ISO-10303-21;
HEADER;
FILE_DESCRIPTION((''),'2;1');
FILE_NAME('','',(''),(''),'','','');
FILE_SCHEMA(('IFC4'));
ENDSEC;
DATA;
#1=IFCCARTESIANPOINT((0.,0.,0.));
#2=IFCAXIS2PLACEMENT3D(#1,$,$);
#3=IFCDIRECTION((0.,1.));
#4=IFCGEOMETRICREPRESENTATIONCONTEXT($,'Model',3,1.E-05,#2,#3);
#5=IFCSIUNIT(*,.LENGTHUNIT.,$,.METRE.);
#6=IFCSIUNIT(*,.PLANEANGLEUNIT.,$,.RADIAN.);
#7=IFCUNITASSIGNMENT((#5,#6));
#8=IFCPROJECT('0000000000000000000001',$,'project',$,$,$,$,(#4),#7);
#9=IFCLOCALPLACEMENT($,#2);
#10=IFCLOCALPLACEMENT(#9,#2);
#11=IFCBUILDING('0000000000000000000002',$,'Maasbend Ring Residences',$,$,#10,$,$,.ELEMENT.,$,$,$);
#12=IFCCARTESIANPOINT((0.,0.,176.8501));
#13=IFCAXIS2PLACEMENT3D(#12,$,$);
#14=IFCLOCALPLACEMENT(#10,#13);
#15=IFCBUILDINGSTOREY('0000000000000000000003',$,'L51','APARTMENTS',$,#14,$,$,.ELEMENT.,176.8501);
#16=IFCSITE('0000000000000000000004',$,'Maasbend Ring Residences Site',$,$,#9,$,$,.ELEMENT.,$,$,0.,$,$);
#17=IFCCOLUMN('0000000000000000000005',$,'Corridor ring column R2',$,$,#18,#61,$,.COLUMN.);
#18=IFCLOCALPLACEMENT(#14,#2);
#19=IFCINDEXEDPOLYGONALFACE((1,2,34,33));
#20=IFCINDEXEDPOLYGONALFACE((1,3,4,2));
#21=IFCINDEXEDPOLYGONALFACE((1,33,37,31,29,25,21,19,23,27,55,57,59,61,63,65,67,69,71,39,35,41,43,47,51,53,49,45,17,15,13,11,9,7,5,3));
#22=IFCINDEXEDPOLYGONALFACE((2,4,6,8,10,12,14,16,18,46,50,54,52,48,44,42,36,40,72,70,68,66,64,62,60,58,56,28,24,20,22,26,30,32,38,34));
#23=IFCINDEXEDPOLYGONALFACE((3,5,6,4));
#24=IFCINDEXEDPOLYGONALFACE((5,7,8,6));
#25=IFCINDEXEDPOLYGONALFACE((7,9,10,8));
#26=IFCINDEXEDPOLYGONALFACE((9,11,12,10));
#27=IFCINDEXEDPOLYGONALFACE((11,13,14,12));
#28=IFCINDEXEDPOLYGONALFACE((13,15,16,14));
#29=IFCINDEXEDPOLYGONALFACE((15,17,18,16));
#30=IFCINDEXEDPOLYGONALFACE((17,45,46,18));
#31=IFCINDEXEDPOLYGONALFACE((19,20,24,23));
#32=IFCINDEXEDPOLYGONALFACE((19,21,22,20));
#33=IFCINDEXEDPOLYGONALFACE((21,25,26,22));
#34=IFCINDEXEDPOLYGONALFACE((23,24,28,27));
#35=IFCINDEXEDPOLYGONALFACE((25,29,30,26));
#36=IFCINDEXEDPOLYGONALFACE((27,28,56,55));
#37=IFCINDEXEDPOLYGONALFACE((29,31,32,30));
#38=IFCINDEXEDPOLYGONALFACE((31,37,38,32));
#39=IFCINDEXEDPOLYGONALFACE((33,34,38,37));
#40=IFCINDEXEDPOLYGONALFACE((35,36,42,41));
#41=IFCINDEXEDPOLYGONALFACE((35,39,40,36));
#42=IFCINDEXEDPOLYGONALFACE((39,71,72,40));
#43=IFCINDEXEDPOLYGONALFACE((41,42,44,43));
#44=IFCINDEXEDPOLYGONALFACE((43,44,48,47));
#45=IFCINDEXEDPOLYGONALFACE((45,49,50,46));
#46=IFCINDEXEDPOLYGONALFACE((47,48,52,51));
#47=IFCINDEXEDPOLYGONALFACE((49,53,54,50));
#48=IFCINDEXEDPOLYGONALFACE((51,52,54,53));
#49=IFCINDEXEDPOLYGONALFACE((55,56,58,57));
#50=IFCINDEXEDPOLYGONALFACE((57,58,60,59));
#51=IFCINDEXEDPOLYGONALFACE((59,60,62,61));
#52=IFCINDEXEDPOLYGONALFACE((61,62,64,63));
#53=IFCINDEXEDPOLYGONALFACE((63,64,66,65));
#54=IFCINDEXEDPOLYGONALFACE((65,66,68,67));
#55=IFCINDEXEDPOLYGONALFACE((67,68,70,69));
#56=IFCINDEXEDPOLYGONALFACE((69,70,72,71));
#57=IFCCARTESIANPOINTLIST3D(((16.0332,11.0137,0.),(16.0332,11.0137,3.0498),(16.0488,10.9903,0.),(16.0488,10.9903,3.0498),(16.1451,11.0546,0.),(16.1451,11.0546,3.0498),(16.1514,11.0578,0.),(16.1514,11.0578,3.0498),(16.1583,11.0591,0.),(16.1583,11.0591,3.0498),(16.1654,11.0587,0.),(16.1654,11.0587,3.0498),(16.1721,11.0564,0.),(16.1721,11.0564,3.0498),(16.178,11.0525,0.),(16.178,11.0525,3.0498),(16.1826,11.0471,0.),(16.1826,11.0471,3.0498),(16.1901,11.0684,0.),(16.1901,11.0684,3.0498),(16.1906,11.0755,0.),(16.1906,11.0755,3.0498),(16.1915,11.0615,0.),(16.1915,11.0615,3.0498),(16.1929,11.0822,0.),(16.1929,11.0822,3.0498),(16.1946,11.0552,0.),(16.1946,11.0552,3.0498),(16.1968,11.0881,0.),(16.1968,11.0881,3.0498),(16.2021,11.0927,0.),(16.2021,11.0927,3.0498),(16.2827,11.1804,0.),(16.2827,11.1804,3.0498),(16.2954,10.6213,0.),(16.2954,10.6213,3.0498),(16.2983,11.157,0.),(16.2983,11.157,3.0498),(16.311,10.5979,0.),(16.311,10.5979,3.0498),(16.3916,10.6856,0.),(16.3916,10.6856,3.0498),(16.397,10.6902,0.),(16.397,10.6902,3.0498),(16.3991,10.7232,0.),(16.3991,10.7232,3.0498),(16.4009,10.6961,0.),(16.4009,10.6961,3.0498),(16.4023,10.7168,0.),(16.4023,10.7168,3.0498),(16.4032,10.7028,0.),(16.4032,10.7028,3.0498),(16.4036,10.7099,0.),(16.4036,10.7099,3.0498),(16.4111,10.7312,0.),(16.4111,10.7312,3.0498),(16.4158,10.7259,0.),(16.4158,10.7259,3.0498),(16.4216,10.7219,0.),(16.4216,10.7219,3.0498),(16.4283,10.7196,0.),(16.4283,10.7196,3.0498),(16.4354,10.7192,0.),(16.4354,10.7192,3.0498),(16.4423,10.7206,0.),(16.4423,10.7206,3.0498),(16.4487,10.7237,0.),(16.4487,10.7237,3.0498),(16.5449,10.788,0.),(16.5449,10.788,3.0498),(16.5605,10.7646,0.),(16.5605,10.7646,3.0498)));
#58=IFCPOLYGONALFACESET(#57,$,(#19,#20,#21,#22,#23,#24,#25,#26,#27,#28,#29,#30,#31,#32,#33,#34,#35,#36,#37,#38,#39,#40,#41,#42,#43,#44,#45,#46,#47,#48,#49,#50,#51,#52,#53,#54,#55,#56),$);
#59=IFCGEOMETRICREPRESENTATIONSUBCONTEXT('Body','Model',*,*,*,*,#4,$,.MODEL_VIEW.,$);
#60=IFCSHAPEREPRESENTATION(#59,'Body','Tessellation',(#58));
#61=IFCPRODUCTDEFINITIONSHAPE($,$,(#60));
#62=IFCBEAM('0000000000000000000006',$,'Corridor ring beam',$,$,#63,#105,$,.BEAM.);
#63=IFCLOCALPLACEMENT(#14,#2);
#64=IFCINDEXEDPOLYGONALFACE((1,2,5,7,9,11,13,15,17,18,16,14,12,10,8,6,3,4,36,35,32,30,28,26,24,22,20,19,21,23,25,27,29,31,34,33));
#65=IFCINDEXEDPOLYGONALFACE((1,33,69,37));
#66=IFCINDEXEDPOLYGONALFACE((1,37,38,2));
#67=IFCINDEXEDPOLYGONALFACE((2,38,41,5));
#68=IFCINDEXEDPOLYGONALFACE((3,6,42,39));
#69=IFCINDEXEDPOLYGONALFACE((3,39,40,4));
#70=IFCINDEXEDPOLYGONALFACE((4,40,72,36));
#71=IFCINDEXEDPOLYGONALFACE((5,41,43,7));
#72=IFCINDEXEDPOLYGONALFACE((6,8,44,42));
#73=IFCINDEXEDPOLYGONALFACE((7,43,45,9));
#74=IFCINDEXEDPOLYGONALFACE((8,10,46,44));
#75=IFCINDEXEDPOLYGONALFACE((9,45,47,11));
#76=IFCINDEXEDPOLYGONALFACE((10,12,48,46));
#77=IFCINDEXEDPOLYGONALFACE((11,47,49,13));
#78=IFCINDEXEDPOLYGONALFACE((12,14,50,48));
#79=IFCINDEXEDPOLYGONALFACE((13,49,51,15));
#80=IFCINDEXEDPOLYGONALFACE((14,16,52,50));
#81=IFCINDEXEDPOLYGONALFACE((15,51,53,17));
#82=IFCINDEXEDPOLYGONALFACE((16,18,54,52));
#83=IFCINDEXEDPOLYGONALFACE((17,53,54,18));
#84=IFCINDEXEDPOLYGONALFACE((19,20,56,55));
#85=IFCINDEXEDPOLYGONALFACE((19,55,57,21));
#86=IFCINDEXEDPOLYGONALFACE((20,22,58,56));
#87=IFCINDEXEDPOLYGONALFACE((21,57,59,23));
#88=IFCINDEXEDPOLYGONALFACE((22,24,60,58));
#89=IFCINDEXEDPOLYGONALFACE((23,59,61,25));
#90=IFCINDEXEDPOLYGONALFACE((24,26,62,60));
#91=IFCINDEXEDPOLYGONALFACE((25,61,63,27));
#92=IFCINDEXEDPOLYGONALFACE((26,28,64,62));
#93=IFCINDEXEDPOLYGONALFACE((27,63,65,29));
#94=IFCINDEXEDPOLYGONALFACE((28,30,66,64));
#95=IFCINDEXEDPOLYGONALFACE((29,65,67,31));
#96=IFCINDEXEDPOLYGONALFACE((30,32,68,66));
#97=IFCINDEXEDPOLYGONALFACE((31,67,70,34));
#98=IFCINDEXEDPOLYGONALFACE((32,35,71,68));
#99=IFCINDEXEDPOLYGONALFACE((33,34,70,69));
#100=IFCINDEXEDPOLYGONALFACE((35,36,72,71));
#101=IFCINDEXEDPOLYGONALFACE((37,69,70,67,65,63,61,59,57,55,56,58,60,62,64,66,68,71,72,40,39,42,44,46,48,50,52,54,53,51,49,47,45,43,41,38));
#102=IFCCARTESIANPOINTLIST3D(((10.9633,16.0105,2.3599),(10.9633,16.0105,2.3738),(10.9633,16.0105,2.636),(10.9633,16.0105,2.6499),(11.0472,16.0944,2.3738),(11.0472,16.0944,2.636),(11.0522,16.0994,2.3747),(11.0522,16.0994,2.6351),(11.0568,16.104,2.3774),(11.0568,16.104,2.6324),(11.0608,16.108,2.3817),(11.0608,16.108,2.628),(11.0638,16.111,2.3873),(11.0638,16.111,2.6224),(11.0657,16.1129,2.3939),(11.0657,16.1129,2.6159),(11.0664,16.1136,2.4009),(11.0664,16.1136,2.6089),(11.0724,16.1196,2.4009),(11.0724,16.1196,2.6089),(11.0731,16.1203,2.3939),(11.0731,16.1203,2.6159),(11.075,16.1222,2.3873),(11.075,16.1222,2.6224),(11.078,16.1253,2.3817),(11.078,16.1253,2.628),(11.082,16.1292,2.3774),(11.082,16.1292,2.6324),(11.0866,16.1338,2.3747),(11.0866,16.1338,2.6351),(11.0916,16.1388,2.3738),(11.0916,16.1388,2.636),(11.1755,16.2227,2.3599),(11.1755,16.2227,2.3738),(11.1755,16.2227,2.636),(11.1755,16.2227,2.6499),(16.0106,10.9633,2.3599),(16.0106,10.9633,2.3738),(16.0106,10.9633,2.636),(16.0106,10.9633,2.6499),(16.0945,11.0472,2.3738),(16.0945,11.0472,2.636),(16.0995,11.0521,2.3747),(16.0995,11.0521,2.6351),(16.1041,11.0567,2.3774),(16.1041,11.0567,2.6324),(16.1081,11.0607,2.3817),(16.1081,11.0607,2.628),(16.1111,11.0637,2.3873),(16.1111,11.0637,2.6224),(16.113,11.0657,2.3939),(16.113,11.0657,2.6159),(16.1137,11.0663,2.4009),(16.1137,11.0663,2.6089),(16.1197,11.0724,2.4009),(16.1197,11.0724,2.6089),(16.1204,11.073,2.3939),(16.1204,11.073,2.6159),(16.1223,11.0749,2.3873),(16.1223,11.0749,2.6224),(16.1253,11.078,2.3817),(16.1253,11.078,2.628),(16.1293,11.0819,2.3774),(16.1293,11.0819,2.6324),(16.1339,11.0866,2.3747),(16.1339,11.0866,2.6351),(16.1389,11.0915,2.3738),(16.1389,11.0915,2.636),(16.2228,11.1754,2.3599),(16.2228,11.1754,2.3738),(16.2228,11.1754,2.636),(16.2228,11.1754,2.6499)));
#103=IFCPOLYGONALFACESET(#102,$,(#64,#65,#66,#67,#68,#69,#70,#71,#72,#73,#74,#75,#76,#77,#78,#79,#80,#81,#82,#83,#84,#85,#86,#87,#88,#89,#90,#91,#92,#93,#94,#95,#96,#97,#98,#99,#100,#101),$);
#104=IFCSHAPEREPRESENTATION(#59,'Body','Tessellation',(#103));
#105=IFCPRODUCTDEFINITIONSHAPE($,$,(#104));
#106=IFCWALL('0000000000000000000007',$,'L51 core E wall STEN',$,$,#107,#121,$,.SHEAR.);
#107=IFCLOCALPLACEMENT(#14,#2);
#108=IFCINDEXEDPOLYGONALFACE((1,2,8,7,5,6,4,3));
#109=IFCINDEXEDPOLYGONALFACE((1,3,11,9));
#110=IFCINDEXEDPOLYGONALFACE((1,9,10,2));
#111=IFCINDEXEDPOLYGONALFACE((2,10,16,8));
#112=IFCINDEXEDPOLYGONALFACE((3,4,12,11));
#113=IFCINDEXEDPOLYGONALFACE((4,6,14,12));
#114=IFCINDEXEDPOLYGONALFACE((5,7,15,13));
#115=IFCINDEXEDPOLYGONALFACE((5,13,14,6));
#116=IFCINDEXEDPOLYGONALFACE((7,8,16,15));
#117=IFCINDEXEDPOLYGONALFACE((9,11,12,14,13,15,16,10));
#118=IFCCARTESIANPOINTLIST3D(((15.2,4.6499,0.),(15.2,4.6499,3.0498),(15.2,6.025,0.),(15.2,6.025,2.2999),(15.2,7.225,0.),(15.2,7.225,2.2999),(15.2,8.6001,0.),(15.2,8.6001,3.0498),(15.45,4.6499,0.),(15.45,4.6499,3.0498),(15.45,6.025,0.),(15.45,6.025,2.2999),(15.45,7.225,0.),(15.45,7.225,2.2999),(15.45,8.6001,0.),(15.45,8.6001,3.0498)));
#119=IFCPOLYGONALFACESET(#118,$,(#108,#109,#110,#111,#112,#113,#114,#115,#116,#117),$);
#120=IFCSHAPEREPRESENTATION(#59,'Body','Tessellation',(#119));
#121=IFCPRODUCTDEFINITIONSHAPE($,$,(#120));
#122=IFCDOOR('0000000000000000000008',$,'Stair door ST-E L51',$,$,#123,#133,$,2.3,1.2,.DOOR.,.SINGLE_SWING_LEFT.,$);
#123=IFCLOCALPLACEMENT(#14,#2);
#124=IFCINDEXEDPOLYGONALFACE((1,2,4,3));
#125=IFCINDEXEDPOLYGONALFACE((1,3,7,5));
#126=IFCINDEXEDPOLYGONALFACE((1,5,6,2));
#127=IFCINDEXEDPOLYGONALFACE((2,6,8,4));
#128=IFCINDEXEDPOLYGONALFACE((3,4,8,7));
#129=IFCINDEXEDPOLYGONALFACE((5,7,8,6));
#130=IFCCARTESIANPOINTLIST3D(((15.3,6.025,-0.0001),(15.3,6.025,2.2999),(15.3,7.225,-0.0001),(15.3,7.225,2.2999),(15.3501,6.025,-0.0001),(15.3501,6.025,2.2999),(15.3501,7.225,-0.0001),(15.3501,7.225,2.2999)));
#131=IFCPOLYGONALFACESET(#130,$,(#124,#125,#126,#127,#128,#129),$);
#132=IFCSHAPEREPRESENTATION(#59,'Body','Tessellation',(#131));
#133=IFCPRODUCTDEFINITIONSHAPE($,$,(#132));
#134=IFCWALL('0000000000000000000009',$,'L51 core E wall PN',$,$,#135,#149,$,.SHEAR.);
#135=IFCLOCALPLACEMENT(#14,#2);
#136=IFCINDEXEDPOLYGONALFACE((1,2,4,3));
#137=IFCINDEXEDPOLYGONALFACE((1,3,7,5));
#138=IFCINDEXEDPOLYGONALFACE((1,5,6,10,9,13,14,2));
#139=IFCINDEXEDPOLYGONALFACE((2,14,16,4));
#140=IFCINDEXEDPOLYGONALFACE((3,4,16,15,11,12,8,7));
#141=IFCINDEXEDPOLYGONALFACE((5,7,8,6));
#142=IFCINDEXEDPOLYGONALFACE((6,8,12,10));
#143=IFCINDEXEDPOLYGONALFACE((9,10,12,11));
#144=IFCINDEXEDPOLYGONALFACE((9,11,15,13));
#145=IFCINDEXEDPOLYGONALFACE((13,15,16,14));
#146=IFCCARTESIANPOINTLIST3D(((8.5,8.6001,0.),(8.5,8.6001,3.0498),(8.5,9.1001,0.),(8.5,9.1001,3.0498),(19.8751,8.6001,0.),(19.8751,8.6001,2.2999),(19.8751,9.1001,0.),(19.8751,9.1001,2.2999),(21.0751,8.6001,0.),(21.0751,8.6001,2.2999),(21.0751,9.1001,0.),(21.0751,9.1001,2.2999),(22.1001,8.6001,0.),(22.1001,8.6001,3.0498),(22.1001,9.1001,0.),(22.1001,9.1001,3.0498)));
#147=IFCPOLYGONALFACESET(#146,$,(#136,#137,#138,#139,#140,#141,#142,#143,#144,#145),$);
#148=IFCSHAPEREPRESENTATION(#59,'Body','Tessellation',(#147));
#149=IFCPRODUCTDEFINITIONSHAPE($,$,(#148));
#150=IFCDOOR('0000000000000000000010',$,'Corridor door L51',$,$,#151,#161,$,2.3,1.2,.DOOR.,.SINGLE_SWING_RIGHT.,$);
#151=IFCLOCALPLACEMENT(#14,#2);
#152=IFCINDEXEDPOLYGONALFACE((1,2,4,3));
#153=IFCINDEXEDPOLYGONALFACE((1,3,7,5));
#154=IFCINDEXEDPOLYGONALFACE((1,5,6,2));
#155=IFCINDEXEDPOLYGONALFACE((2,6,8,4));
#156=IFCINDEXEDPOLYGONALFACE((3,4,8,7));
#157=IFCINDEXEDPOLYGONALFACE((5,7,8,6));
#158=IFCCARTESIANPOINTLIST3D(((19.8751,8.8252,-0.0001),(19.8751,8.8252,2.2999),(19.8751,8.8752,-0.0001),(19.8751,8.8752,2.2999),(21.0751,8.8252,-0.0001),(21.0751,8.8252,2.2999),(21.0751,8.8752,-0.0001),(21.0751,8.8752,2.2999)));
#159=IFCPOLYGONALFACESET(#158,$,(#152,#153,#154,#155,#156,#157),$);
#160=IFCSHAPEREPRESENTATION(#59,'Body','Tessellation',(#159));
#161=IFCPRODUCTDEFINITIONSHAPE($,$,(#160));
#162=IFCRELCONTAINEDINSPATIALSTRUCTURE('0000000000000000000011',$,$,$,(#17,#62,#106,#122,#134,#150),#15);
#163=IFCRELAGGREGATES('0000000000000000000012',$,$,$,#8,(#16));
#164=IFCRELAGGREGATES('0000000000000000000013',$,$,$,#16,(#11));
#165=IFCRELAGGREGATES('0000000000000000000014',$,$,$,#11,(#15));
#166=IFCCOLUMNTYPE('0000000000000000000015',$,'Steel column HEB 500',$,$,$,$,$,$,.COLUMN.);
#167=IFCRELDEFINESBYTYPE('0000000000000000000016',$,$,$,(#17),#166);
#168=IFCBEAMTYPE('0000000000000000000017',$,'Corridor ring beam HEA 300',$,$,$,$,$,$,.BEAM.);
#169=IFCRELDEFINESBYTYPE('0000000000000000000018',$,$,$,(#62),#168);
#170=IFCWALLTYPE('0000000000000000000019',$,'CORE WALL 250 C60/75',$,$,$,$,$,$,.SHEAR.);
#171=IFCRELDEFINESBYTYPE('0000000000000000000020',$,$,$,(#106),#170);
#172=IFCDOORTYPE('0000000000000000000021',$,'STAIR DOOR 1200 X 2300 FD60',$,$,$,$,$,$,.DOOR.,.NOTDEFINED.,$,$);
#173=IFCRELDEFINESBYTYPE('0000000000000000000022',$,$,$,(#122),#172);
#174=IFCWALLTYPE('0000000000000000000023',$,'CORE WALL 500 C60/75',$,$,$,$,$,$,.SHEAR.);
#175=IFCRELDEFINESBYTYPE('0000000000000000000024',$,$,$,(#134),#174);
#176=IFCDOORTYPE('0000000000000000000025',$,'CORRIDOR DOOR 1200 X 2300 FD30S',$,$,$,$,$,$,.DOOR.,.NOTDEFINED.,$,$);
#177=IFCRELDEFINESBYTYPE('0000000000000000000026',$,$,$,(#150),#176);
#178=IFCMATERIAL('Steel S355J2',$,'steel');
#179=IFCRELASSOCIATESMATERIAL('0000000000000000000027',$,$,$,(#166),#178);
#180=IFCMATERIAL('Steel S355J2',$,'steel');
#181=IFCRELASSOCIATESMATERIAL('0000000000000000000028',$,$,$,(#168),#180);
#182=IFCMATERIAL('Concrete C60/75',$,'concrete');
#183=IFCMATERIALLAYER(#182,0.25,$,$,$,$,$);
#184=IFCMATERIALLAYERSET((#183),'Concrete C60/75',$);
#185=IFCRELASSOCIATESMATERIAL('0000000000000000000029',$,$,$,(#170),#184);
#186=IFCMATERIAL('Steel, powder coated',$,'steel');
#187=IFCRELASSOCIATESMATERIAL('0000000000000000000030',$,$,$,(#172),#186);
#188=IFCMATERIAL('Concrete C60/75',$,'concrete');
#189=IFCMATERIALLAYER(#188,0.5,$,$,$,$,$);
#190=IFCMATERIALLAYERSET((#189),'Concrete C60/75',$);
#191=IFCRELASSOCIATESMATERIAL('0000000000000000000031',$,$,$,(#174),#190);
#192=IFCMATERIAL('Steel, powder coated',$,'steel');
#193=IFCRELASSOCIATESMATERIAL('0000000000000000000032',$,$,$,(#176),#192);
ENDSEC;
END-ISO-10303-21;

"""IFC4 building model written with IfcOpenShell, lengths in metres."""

from ifc_helpers import new_model, si_unit, direction, frame, frame_2d, origin, origin_2d, place, context, subcontext, project, spatial, rectangle, i_section, extrude, material, layer, layer_set, material_profile, profile_set, type_object, element, fill, save


model = new_model("IFC4")

# Units and contexts
model_context = context("Model", 3, precision=1e-05, world=origin(), true_north=direction((0.0, 1.0)))
body_context = subcontext(model_context, "Body", "Model", "MODEL_VIEW")
ifc_project = project(units=[si_unit("LENGTHUNIT", "METRE"), si_unit("PLANEANGLEUNIT", "RADIAN")], contexts=[model_context])

# Site, building, storey
site_placement = place(None, origin())
site = spatial("IfcSite", under=ifc_project, at=site_placement, Name="Maasbend Ring Residences Site", CompositionType="ELEMENT", RefElevation=0.0)
building_placement = place(site_placement, origin())
building = spatial("IfcBuilding", under=site, at=building_placement, Name="Maasbend Ring Residences", CompositionType="ELEMENT")
storey_placement = place(building_placement, frame((0.0, 0.0, 176.8501)))
storey = spatial("IfcBuildingStorey", under=building, at=storey_placement, Name="L51", Description="APARTMENTS", CompositionType="ELEMENT", Elevation=176.8501)

# Column
ifc_material_1 = material(Name="Steel S355J2", Category="steel")
ifc_material_profile_1 = material_profile(ifc_material_1, i_section(OverallWidth=0.3, OverallDepth=0.5, WebThickness=0.0144, FlangeThickness=0.0281, FilletRadius=0.0271, at=origin_2d()), Name="HEB 500")
ifc_profile_set_1 = profile_set([ifc_material_profile_1], Name="Steel S355J2")
column_type = type_object("IfcColumnType", Name="Steel column HEB 500", PredefinedType="COLUMN", material=ifc_profile_set_1)
column_placement = place(storey_placement, frame((16.2969, 10.8892, 0.0), z_axis=(0.0, 0.0, 1.0), x_axis=(0.83147, 0.55557, 0.0)))
element("IfcColumn", 1, at=column_placement, inside=storey, type_object=column_type, Name="Corridor ring column R2", PredefinedType="COLUMN", context=body_context, shape_type="SweptSolid", body=[
    extrude(i_section(OverallWidth=0.3, OverallDepth=0.5, WebThickness=0.0144, FlangeThickness=0.0281, FilletRadius=0.0271, at=origin_2d()), origin(), (0.0, 0.0, 1.0), 3.0498),
])

# Beam
ifc_material_2 = material(Name="Steel S355J2", Category="steel")
ifc_material_profile_2 = material_profile(ifc_material_2, i_section(OverallWidth=0.3, OverallDepth=0.29, WebThickness=0.0085, FlangeThickness=0.0139, FilletRadius=0.0271, at=origin_2d()), Name="HEA 300")
ifc_profile_set_2 = profile_set([ifc_material_profile_2], Name="Steel S355J2")
beam_type = type_object("IfcBeamType", Name="Corridor ring beam HEA 300", PredefinedType="BEAM", material=ifc_profile_set_2)
beam_placement = place(storey_placement, frame((16.1167, 11.0693, 2.5049), z_axis=(-0.707107, 0.707107, 0.0), x_axis=(-0.707107, -0.707107, 0.0)))
element("IfcBeam", 2, at=beam_placement, inside=storey, type_object=beam_type, Name="Corridor ring beam", PredefinedType="BEAM", context=body_context, shape_type="SweptSolid", body=[
    extrude(i_section(OverallWidth=0.3, OverallDepth=0.29, WebThickness=0.0085, FlangeThickness=0.0139, FilletRadius=0.0271, at=origin_2d()), origin(), (0.0, 0.0, 1.0), 7.1379),
])

# Walls, openings, doors
ifc_material_3 = material(Name="Concrete C60/75", Category="concrete")
ifc_layer_1 = layer(ifc_material_3, 0.25)
ifc_layer_set_1 = layer_set([ifc_layer_1], Name="Concrete C60/75")
wall_type_1 = type_object("IfcWallType", Name="CORE WALL 250 C60/75", PredefinedType="SHEAR", material=ifc_layer_set_1)
wall_1_placement = place(storey_placement, frame((15.325, 4.6499, 0.0), z_axis=(0.0, 0.0, 1.0), x_axis=(0.0, 1.0, 0.0)))
wall_1 = element("IfcWall", 3, at=wall_1_placement, inside=storey, type_object=wall_type_1, Name="L51 core E wall STEN", PredefinedType="SHEAR", context=body_context, shape_type="SweptSolid", body=[
    extrude(rectangle(XDim=3.9502, YDim=0.25, at=frame_2d((1.9751, 0.0))), origin(), (0.0, 0.0, 1.0), 3.0498),
])
opening_1_placement = place(wall_1_placement, frame((1.375, 0.0, 0.0)))
opening_1 = element("IfcOpeningElement", 4, at=opening_1_placement, cuts=wall_1, PredefinedType="OPENING", context=body_context, shape_type="SweptSolid", body=[
    extrude(rectangle(XDim=1.2, YDim=2.3, at=frame_2d((0.6001, 1.1499))), frame((0.0, 0.135, 0.0), z_axis=(0.0, -1.0, 0.0), x_axis=(1.0, 0.0, 0.0)), (0.0, 0.0, 1.0), 0.27),
])
ifc_material_4 = material(Name="Steel, powder coated", Category="steel")
door_type_1 = type_object("IfcDoorType", Name="STAIR DOOR 1200 X 2300 FD60", OperationType="NOTDEFINED", PredefinedType="DOOR", material=ifc_material_4)
door_1_placement = place(opening_1_placement, origin())
door_1 = element("IfcDoor", 5, at=door_1_placement, inside=storey, type_object=door_type_1, Name="Stair door ST-E L51", OperationType="SINGLE_SWING_LEFT", OverallHeight=2.3, OverallWidth=1.2, PredefinedType="DOOR", context=body_context, shape_type="SweptSolid", body=[
    extrude(rectangle(XDim=1.2, YDim=2.3, at=frame_2d((0.6001, 1.1499))), frame((0.0, 0.0249, 0.0), z_axis=(0.0, -1.0, 0.0), x_axis=(1.0, 0.0, 0.0)), (0.0, 0.0, 1.0), 0.05),
])
fill(opening_1, door_1)
ifc_material_5 = material(Name="Concrete C60/75", Category="concrete")
ifc_layer_2 = layer(ifc_material_5, 0.5)
ifc_layer_set_2 = layer_set([ifc_layer_2], Name="Concrete C60/75")
wall_type_2 = type_object("IfcWallType", Name="CORE WALL 500 C60/75", PredefinedType="SHEAR", material=ifc_layer_set_2)
wall_2_placement = place(storey_placement, frame((22.1001, 8.8501, 0.0), z_axis=(0.0, 0.0, 1.0), x_axis=(-1.0, 0.0, 0.0)))
wall_2 = element("IfcWall", 6, at=wall_2_placement, inside=storey, type_object=wall_type_2, Name="L51 core E wall PN", PredefinedType="SHEAR", context=body_context, shape_type="SweptSolid", body=[
    extrude(rectangle(XDim=13.6001, YDim=0.5, at=frame_2d((6.8, 0.0))), origin(), (0.0, 0.0, 1.0), 3.0498),
])
opening_2_placement = place(wall_2_placement, frame((1.0249, 0.0, 0.0)))
opening_2 = element("IfcOpeningElement", 7, at=opening_2_placement, cuts=wall_2, PredefinedType="OPENING", context=body_context, shape_type="SweptSolid", body=[
    extrude(rectangle(XDim=1.2, YDim=2.3, at=frame_2d((0.6001, 1.1499))), frame((0.0, 0.26, 0.0), z_axis=(0.0, -1.0, 0.0), x_axis=(1.0, 0.0, 0.0)), (0.0, 0.0, 1.0), 0.52),
])
ifc_material_6 = material(Name="Steel, powder coated", Category="steel")
door_type_2 = type_object("IfcDoorType", Name="CORRIDOR DOOR 1200 X 2300 FD30S", OperationType="NOTDEFINED", PredefinedType="DOOR", material=ifc_material_6)
door_2_placement = place(opening_2_placement, origin())
door_2 = element("IfcDoor", 8, at=door_2_placement, inside=storey, type_object=door_type_2, Name="Corridor door L51", OperationType="SINGLE_SWING_RIGHT", OverallHeight=2.3, OverallWidth=1.2, PredefinedType="DOOR", context=body_context, shape_type="SweptSolid", body=[
    extrude(rectangle(XDim=1.2, YDim=2.3, at=frame_2d((0.6001, 1.1499))), frame((0.0, 0.0249, 0.0), z_axis=(0.0, -1.0, 0.0), x_axis=(1.0, 0.0, 0.0)), (0.0, 0.0, 1.0), 0.05),
])
fill(opening_2, door_2)

save(model, "model.ifc")
